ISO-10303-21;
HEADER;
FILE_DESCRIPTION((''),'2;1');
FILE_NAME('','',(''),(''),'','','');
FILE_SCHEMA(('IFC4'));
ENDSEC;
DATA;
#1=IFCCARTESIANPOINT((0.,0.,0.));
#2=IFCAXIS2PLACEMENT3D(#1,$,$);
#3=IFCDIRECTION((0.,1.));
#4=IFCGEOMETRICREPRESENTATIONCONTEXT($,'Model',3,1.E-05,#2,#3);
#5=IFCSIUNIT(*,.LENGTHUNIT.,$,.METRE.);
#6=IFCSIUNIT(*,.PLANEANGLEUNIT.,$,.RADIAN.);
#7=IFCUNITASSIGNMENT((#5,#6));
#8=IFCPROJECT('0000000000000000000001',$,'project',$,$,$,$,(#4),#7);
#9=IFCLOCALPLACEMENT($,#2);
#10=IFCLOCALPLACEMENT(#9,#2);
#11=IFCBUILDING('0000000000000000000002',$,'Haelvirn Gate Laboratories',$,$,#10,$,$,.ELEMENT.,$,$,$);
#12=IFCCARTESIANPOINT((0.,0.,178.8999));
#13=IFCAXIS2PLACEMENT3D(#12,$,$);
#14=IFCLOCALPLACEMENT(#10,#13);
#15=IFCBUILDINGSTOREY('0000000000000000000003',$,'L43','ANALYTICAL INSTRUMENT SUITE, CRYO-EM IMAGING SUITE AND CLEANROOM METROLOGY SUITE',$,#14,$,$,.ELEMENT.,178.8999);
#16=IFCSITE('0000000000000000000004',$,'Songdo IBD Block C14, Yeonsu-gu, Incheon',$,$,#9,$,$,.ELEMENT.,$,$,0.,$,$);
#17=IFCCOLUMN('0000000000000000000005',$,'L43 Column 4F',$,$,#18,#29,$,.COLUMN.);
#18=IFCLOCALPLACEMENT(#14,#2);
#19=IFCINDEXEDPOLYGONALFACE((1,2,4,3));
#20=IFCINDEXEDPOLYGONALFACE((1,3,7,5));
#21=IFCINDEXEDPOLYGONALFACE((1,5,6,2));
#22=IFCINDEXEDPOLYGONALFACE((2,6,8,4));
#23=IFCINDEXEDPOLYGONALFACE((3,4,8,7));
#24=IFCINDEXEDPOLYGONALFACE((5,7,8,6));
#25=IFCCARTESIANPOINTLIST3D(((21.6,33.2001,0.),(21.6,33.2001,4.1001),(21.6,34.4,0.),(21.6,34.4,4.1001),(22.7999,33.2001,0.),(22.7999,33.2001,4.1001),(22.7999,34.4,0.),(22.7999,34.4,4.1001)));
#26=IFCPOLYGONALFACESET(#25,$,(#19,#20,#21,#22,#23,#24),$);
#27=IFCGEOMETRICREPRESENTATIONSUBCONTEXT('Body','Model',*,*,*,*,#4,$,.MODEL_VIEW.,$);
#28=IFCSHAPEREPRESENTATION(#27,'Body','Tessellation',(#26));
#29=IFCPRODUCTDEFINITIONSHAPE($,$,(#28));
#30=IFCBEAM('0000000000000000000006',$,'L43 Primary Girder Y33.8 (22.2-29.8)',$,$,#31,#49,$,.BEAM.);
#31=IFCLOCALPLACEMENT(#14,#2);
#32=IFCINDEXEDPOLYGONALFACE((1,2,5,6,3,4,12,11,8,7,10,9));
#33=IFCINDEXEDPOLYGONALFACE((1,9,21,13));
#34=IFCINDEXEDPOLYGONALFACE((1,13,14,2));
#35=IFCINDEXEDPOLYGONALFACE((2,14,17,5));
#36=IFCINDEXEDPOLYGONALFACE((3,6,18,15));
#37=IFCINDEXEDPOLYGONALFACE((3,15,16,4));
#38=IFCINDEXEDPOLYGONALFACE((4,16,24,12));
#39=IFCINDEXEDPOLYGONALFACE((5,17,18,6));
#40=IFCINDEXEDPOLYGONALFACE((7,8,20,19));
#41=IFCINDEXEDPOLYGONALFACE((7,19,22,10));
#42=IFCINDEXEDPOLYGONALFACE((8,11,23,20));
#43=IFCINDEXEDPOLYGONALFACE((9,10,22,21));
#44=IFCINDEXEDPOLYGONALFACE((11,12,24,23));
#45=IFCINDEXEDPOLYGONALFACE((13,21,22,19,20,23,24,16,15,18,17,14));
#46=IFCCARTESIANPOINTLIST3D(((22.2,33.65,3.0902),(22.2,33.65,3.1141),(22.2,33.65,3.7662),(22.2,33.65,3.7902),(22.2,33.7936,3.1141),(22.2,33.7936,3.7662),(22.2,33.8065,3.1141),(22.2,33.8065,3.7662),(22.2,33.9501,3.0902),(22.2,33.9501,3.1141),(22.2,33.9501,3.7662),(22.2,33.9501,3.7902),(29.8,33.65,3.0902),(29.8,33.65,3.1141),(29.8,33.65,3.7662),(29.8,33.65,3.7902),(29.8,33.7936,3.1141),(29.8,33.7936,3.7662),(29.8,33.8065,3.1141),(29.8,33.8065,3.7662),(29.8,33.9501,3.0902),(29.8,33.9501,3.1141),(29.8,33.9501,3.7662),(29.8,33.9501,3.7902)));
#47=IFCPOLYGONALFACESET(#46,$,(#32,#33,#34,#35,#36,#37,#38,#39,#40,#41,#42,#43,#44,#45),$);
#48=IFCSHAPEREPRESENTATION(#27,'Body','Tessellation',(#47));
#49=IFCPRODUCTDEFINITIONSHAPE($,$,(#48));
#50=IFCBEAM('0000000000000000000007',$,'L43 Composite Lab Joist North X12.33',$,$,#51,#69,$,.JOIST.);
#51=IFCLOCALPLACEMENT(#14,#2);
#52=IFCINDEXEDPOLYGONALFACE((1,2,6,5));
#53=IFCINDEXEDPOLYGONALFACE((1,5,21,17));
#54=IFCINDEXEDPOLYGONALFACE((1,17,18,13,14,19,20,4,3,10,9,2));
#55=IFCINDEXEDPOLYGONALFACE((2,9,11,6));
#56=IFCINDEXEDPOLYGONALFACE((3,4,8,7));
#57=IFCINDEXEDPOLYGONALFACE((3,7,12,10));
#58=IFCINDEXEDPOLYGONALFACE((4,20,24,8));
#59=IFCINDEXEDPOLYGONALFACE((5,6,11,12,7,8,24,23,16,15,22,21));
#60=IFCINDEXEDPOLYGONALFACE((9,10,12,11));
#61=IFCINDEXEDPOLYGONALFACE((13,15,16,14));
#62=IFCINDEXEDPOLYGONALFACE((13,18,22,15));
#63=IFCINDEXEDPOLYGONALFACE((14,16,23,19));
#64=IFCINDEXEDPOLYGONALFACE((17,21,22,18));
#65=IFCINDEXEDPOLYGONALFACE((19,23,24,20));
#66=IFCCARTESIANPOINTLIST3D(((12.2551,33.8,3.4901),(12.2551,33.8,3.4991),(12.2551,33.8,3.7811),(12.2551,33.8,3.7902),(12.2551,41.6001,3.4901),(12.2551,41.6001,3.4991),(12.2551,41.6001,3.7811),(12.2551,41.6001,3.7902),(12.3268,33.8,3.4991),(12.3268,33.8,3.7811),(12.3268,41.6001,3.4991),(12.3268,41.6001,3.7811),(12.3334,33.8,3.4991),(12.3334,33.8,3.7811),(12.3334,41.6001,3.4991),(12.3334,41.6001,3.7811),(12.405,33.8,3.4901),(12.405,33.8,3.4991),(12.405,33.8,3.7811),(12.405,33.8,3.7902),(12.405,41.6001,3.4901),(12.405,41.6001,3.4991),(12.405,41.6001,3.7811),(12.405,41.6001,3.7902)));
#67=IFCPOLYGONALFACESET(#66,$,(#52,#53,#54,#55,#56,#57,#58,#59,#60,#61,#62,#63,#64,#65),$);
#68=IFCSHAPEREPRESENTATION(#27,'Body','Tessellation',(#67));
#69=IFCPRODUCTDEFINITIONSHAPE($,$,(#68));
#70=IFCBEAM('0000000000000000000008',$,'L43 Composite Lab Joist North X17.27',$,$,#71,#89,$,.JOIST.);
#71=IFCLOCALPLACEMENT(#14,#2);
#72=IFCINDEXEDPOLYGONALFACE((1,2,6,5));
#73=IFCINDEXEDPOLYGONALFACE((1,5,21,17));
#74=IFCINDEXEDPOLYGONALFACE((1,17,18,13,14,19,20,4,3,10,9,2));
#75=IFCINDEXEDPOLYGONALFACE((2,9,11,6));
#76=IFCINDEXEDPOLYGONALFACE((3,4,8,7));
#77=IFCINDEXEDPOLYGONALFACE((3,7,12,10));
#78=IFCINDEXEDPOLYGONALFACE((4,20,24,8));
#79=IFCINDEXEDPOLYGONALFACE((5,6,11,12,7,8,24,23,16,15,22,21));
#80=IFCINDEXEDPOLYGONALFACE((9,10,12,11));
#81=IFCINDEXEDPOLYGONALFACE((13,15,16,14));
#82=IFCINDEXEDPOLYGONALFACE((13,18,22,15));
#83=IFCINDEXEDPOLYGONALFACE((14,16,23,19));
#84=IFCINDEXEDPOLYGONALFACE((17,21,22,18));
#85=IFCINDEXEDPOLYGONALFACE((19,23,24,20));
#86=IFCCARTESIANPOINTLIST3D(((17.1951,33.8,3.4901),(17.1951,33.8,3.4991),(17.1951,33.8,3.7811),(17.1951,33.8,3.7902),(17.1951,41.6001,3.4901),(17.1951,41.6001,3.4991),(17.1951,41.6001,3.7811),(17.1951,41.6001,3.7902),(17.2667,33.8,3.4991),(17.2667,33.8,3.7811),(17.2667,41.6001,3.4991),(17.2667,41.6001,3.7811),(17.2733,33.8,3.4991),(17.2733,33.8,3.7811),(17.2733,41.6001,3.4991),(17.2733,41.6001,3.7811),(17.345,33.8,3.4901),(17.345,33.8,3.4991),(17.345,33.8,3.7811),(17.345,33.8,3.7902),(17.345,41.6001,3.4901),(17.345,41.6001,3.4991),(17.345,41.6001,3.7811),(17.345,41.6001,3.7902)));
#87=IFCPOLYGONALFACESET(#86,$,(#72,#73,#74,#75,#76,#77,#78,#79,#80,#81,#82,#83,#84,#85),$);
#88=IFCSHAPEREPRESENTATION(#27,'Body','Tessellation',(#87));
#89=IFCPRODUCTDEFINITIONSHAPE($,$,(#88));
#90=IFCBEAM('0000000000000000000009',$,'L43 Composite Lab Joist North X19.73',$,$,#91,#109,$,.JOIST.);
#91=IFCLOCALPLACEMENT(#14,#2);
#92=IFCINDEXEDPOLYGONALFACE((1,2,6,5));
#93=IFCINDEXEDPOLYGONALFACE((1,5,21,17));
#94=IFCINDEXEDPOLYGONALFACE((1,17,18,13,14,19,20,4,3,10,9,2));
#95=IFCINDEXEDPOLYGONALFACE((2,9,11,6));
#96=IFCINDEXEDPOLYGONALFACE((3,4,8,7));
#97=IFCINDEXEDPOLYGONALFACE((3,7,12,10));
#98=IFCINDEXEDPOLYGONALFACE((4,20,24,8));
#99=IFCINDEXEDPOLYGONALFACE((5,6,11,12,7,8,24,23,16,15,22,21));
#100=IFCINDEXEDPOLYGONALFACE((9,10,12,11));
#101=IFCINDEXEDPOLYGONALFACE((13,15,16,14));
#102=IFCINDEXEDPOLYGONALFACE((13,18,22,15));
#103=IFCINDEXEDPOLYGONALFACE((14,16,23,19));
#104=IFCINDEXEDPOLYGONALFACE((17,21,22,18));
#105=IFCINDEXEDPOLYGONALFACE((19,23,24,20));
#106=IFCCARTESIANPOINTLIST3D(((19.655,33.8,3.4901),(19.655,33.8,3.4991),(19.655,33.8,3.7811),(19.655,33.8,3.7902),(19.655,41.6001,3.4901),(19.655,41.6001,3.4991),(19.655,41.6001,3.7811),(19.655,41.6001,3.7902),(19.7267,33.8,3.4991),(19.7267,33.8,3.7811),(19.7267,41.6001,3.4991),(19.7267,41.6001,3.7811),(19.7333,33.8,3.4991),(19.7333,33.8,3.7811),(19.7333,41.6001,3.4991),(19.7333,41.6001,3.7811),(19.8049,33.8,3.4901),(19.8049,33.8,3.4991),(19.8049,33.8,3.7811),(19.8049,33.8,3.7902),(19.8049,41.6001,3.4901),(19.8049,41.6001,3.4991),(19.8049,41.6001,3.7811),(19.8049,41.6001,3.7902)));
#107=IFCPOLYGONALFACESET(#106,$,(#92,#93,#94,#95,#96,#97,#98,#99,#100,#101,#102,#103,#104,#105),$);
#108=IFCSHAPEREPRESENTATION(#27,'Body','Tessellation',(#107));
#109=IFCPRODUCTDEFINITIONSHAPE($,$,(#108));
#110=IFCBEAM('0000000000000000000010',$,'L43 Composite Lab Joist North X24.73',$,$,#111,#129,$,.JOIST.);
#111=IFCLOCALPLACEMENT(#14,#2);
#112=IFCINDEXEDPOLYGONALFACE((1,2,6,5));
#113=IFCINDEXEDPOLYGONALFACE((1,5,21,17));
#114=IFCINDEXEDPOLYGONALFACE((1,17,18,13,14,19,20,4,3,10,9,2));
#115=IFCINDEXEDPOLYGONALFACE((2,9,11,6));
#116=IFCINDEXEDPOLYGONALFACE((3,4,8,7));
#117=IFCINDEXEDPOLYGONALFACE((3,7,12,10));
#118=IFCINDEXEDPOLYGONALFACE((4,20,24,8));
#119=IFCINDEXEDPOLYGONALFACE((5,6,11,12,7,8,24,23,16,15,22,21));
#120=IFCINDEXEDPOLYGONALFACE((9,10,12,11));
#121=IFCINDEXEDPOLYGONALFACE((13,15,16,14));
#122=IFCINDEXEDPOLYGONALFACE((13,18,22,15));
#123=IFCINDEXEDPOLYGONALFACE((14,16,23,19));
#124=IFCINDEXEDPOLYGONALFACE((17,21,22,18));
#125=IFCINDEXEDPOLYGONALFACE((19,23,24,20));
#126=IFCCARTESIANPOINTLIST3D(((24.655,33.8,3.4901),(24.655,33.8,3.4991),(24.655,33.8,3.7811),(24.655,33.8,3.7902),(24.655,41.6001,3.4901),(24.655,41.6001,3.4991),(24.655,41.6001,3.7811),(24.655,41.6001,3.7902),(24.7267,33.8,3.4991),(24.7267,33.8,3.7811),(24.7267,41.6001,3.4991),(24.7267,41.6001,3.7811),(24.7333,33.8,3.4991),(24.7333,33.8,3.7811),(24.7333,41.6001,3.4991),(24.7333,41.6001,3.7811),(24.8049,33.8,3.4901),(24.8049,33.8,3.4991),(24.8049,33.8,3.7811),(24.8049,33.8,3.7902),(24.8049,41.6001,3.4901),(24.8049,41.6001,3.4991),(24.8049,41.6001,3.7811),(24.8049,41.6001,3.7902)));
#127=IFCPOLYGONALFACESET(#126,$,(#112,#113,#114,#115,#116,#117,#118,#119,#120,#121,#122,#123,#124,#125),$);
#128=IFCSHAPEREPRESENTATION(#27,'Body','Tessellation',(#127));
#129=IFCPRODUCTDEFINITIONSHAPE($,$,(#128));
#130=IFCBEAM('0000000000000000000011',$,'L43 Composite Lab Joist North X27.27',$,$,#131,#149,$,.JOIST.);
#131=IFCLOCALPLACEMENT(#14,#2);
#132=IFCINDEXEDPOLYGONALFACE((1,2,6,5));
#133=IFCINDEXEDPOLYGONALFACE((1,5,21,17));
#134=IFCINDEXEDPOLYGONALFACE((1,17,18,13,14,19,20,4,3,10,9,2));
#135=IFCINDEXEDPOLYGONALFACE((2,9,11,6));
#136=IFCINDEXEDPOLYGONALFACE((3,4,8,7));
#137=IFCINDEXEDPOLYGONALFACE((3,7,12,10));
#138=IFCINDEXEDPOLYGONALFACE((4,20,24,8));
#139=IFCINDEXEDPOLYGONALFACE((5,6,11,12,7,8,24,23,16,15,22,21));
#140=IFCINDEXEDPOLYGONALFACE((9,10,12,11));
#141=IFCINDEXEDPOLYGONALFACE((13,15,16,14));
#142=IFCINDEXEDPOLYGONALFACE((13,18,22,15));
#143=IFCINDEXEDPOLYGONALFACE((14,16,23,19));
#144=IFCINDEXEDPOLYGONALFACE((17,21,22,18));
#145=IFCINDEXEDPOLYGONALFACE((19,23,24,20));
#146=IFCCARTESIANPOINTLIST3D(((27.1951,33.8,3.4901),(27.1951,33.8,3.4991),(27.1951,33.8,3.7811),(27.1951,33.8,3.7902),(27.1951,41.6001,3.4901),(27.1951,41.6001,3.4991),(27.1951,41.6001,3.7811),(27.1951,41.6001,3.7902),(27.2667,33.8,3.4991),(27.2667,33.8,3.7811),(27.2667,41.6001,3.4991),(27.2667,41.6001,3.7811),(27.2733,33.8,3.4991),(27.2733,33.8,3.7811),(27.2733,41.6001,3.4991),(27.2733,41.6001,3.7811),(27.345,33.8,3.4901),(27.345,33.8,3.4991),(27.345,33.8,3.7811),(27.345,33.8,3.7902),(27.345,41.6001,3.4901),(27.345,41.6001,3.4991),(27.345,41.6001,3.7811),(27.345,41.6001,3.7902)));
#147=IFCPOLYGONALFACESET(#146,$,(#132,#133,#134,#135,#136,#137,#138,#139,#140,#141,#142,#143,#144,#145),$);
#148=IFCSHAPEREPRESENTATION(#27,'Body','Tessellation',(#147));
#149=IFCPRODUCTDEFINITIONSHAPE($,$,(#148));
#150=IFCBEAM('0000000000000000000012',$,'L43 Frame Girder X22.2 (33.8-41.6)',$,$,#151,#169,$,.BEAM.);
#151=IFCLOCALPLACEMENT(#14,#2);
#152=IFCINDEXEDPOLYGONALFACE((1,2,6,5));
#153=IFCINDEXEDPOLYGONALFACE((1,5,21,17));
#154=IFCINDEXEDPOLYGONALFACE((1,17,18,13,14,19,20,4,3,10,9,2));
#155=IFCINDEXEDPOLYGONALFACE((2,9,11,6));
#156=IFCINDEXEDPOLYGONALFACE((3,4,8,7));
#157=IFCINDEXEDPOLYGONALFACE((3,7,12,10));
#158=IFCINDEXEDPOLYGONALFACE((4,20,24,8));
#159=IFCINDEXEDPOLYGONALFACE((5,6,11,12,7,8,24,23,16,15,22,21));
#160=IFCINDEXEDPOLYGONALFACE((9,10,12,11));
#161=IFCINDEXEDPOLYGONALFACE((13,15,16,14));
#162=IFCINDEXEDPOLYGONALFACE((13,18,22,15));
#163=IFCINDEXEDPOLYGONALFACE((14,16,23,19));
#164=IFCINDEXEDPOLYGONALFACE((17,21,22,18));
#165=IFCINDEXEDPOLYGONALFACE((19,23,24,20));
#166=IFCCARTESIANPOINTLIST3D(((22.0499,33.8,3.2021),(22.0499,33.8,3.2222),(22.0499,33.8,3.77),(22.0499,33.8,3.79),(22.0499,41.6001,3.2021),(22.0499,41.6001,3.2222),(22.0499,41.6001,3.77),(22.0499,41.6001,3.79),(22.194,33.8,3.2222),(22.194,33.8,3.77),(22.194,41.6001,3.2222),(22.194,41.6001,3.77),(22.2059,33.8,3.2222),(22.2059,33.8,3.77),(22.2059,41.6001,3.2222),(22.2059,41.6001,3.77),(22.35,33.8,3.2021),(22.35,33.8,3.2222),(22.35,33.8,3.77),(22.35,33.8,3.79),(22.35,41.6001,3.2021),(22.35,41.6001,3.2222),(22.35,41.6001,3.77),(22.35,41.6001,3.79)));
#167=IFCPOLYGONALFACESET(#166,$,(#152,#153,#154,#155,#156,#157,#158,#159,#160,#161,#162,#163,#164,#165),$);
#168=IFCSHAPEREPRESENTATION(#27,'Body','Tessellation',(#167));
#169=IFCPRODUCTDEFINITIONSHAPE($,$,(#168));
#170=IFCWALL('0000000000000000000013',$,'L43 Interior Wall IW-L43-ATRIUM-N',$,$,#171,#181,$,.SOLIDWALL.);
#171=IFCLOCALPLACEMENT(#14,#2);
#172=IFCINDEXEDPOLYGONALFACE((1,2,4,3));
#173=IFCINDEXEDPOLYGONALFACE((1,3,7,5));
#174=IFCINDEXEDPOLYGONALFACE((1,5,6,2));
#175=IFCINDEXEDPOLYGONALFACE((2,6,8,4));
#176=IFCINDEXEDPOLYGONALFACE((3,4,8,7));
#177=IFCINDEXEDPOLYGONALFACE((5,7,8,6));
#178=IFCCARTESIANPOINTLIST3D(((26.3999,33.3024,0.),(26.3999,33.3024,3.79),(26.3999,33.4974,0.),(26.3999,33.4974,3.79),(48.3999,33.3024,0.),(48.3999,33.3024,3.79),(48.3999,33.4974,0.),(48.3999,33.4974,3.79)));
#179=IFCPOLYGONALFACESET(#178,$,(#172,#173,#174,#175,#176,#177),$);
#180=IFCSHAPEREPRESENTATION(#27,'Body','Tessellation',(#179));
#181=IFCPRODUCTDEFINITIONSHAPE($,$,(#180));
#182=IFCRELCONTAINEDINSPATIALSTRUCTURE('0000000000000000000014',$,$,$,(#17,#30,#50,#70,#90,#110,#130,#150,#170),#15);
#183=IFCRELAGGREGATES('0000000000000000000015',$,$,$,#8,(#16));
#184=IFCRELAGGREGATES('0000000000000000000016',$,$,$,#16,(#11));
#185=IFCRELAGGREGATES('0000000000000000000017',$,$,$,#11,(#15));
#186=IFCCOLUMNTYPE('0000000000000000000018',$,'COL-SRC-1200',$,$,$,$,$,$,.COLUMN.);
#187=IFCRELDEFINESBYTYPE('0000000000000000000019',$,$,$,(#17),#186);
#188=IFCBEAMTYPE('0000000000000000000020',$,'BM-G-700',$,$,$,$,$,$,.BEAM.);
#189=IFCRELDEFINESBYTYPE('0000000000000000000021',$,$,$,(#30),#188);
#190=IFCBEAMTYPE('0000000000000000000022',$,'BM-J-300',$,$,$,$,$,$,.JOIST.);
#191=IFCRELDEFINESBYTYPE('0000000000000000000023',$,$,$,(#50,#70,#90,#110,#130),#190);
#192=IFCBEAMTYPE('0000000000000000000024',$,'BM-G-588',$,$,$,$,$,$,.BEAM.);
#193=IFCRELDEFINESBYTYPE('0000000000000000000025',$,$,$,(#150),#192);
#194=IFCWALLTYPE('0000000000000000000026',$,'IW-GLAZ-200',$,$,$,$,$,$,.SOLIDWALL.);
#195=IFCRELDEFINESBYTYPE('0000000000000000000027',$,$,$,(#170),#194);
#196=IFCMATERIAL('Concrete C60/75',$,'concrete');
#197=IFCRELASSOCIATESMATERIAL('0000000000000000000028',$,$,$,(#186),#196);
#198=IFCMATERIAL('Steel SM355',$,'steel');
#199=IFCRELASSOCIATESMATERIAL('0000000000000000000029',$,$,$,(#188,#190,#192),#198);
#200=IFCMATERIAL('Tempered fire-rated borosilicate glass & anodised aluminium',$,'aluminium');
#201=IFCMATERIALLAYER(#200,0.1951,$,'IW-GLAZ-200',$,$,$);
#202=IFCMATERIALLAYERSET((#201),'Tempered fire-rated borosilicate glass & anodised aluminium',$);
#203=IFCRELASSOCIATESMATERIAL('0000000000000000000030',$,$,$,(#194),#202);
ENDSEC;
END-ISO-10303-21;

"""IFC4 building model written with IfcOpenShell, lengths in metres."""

from ifc_helpers import new_model, si_unit, direction, frame, frame_2d, origin, origin_2d, place, context, subcontext, project, spatial, rectangle, i_section, extrude, source, transform, mapped, material, layer, layer_set, material_profile, profile_set, type_object, type_shapes, element, save


model = new_model("IFC4")

# Units and contexts
model_context = context("Model", 3, precision=1e-05, world=origin(), true_north=direction((0.0, 1.0)))
body_context = subcontext(model_context, "Body", "Model", "MODEL_VIEW")
ifc_project = project(units=[si_unit("LENGTHUNIT", "METRE"), si_unit("PLANEANGLEUNIT", "RADIAN")], contexts=[model_context])

# Site, building, storey
site_placement = place(None, origin())
site = spatial("IfcSite", under=ifc_project, at=site_placement, Name="Songdo IBD Block C14, Yeonsu-gu, Incheon", CompositionType="ELEMENT", RefElevation=0.0)
building_placement = place(site_placement, origin())
building = spatial("IfcBuilding", under=site, at=building_placement, Name="Haelvirn Gate Laboratories", CompositionType="ELEMENT")
storey_placement = place(building_placement, frame((0.0, 0.0, 178.8999)))
storey = spatial("IfcBuildingStorey", under=building, at=storey_placement, Name="L43", Description="ANALYTICAL INSTRUMENT SUITE, CRYO-EM IMAGING SUITE AND CLEANROOM METROLOGY SUITE", CompositionType="ELEMENT", Elevation=178.8999)

# Column
ifc_material_1 = material(Name="Concrete C60/75", Category="concrete")
ifc_material_profile_1 = material_profile(ifc_material_1, rectangle(XDim=1.2, YDim=1.2, at=origin_2d()), Name="SRC-1200x1200")
ifc_profile_set_1 = profile_set([ifc_material_profile_1], Name="Concrete C60/75")
column_type = type_object("IfcColumnType", Name="COL-SRC-1200", PredefinedType="COLUMN", material=ifc_profile_set_1)
shared_shape_1 = source(origin(), body_context, "Body", "SweptSolid", [
    extrude(rectangle(XDim=1.2, YDim=1.2, at=origin_2d()), origin(), (0.0, 0.0, 1.0), 4.1001),
])
type_shapes(column_type, [shared_shape_1])
column_placement = place(storey_placement, frame((22.2, 33.8, 0.0), z_axis=(0.0, 0.0, 1.0), x_axis=(1.0, 0.0, 0.0)))
element("IfcColumn", 1, at=column_placement, inside=storey, type_object=column_type, Name="L43 Column 4F", PredefinedType="COLUMN", context=body_context, shape_type="MappedRepresentation", body=[
    mapped(shared_shape_1, transform((0.0, 0.0, 0.0), scale=1.0)),
])

# Beams
ifc_material_2 = material(Name="Steel SM355", Category="steel")
ifc_material_profile_2 = material_profile(ifc_material_2, i_section(OverallWidth=0.3, OverallDepth=0.7, WebThickness=0.0129, FlangeThickness=0.0239, at=origin_2d()), Name="H-700x300x13x24")
ifc_profile_set_2 = profile_set([ifc_material_profile_2], Name="Steel SM355")
beam_type_1 = type_object("IfcBeamType", Name="BM-G-700", PredefinedType="BEAM", material=ifc_profile_set_2)
shared_shape_2 = source(origin(), body_context, "Body", "SweptSolid", [
    extrude(i_section(OverallWidth=0.3, OverallDepth=0.7, WebThickness=0.0129, FlangeThickness=0.0239, at=origin_2d()), origin(), (0.0, 0.0, 1.0), 7.6001),
])
type_shapes(beam_type_1, [shared_shape_2])
beam_1_placement = place(storey_placement, frame((22.2, 33.8, 3.4402), z_axis=(1.0, 0.0, 0.0), x_axis=(0.0, 1.0, 0.0)))
element("IfcBeam", 2, at=beam_1_placement, inside=storey, type_object=beam_type_1, Name="L43 Primary Girder Y33.8 (22.2-29.8)", PredefinedType="BEAM", context=body_context, shape_type="MappedRepresentation", body=[
    mapped(shared_shape_2, transform((0.0, 0.0, 0.0), scale=1.0)),
])
ifc_material_profile_3 = material_profile(ifc_material_2, i_section(OverallWidth=0.1499, OverallDepth=0.3, WebThickness=0.0066, FlangeThickness=0.009, at=origin_2d()), Name="H-300x150x6.5x9")
ifc_profile_set_3 = profile_set([ifc_material_profile_3], Name="Steel SM355")
beam_type_2 = type_object("IfcBeamType", Name="BM-J-300", PredefinedType="JOIST", material=ifc_profile_set_3)
shared_shape_3 = source(origin(), body_context, "Body", "SweptSolid", [
    extrude(i_section(OverallWidth=0.1499, OverallDepth=0.3, WebThickness=0.0066, FlangeThickness=0.009, at=origin_2d()), origin(), (0.0, 0.0, 1.0), 7.8),
])
type_shapes(beam_type_2, [shared_shape_3])
for number, where, z_axis, x_axis, name in (
    (3, (12.3301, 33.8, 3.6401), (0.0, 1.0, 0.0), (-1.0, 0.0, 0.0), "L43 Composite Lab Joist North X12.33"),
    (4, (17.27, 33.8, 3.6401), (0.0, 1.0, 0.0), (-1.0, 0.0, 0.0), "L43 Composite Lab Joist North X17.27"),
    (5, (19.73, 33.8, 3.6401), (0.0, 1.0, 0.0), (-1.0, 0.0, 0.0), "L43 Composite Lab Joist North X19.73"),
    (6, (24.73, 33.8, 3.6401), (0.0, 1.0, 0.0), (-1.0, 0.0, 0.0), "L43 Composite Lab Joist North X24.73"),
    (7, (27.27, 33.8, 3.6401), (0.0, 1.0, 0.0), (-1.0, 0.0, 0.0), "L43 Composite Lab Joist North X27.27"),
):
    element("IfcBeam", number, at=place(storey_placement, frame(where, z_axis=z_axis, x_axis=x_axis)), inside=storey, type_object=beam_type_2, Name=name, PredefinedType="JOIST", context=body_context, shape_type="MappedRepresentation", body=[
        mapped(shared_shape_3, transform((0.0, 0.0, 0.0), scale=1.0)),
    ])
ifc_material_profile_4 = material_profile(ifc_material_2, i_section(OverallWidth=0.3, OverallDepth=0.5879, WebThickness=0.012, FlangeThickness=0.02, at=origin_2d()), Name="H-588x300x12x20")
ifc_profile_set_4 = profile_set([ifc_material_profile_4], Name="Steel SM355")
beam_type_3 = type_object("IfcBeamType", Name="BM-G-588", PredefinedType="BEAM", material=ifc_profile_set_4)
shared_shape_4 = source(origin(), body_context, "Body", "SweptSolid", [
    extrude(i_section(OverallWidth=0.3, OverallDepth=0.5879, WebThickness=0.012, FlangeThickness=0.02, at=origin_2d()), origin(), (0.0, 0.0, 1.0), 7.8),
])
type_shapes(beam_type_3, [shared_shape_4])
beam_2_placement = place(storey_placement, frame((22.2, 33.8, 3.4961), z_axis=(0.0, 1.0, 0.0), x_axis=(-1.0, 0.0, 0.0)))
element("IfcBeam", 8, at=beam_2_placement, inside=storey, type_object=beam_type_3, Name="L43 Frame Girder X22.2 (33.8-41.6)", PredefinedType="BEAM", context=body_context, shape_type="MappedRepresentation", body=[
    mapped(shared_shape_4, transform((0.0, 0.0, 0.0), scale=1.0)),
])

# Wall
ifc_material_3 = material(Name="Tempered fire-rated borosilicate glass & anodised aluminium", Category="aluminium")
ifc_layer_1 = layer(ifc_material_3, 0.1951, Name="IW-GLAZ-200")
ifc_layer_set_1 = layer_set([ifc_layer_1], Name="Tempered fire-rated borosilicate glass & anodised aluminium")
wall_type_1 = type_object("IfcWallType", Name="IW-GLAZ-200", PredefinedType="SOLIDWALL", material=ifc_layer_set_1)
wall_1_placement = place(storey_placement, frame((26.3999, 33.3999, 0.0), z_axis=(0.0, 0.0, 1.0), x_axis=(1.0, 0.0, 0.0)))
element("IfcWall", 9, at=wall_1_placement, inside=storey, type_object=wall_type_1, Name="L43 Interior Wall IW-L43-ATRIUM-N", PredefinedType="SOLIDWALL", context=body_context, shape_type="SweptSolid", body=[
    extrude(rectangle(XDim=22.0, YDim=0.1951, at=frame_2d((11.0, 0.0))), origin(), (0.0, 0.0, 1.0), 3.79),
])

save(model, "model.ifc")
